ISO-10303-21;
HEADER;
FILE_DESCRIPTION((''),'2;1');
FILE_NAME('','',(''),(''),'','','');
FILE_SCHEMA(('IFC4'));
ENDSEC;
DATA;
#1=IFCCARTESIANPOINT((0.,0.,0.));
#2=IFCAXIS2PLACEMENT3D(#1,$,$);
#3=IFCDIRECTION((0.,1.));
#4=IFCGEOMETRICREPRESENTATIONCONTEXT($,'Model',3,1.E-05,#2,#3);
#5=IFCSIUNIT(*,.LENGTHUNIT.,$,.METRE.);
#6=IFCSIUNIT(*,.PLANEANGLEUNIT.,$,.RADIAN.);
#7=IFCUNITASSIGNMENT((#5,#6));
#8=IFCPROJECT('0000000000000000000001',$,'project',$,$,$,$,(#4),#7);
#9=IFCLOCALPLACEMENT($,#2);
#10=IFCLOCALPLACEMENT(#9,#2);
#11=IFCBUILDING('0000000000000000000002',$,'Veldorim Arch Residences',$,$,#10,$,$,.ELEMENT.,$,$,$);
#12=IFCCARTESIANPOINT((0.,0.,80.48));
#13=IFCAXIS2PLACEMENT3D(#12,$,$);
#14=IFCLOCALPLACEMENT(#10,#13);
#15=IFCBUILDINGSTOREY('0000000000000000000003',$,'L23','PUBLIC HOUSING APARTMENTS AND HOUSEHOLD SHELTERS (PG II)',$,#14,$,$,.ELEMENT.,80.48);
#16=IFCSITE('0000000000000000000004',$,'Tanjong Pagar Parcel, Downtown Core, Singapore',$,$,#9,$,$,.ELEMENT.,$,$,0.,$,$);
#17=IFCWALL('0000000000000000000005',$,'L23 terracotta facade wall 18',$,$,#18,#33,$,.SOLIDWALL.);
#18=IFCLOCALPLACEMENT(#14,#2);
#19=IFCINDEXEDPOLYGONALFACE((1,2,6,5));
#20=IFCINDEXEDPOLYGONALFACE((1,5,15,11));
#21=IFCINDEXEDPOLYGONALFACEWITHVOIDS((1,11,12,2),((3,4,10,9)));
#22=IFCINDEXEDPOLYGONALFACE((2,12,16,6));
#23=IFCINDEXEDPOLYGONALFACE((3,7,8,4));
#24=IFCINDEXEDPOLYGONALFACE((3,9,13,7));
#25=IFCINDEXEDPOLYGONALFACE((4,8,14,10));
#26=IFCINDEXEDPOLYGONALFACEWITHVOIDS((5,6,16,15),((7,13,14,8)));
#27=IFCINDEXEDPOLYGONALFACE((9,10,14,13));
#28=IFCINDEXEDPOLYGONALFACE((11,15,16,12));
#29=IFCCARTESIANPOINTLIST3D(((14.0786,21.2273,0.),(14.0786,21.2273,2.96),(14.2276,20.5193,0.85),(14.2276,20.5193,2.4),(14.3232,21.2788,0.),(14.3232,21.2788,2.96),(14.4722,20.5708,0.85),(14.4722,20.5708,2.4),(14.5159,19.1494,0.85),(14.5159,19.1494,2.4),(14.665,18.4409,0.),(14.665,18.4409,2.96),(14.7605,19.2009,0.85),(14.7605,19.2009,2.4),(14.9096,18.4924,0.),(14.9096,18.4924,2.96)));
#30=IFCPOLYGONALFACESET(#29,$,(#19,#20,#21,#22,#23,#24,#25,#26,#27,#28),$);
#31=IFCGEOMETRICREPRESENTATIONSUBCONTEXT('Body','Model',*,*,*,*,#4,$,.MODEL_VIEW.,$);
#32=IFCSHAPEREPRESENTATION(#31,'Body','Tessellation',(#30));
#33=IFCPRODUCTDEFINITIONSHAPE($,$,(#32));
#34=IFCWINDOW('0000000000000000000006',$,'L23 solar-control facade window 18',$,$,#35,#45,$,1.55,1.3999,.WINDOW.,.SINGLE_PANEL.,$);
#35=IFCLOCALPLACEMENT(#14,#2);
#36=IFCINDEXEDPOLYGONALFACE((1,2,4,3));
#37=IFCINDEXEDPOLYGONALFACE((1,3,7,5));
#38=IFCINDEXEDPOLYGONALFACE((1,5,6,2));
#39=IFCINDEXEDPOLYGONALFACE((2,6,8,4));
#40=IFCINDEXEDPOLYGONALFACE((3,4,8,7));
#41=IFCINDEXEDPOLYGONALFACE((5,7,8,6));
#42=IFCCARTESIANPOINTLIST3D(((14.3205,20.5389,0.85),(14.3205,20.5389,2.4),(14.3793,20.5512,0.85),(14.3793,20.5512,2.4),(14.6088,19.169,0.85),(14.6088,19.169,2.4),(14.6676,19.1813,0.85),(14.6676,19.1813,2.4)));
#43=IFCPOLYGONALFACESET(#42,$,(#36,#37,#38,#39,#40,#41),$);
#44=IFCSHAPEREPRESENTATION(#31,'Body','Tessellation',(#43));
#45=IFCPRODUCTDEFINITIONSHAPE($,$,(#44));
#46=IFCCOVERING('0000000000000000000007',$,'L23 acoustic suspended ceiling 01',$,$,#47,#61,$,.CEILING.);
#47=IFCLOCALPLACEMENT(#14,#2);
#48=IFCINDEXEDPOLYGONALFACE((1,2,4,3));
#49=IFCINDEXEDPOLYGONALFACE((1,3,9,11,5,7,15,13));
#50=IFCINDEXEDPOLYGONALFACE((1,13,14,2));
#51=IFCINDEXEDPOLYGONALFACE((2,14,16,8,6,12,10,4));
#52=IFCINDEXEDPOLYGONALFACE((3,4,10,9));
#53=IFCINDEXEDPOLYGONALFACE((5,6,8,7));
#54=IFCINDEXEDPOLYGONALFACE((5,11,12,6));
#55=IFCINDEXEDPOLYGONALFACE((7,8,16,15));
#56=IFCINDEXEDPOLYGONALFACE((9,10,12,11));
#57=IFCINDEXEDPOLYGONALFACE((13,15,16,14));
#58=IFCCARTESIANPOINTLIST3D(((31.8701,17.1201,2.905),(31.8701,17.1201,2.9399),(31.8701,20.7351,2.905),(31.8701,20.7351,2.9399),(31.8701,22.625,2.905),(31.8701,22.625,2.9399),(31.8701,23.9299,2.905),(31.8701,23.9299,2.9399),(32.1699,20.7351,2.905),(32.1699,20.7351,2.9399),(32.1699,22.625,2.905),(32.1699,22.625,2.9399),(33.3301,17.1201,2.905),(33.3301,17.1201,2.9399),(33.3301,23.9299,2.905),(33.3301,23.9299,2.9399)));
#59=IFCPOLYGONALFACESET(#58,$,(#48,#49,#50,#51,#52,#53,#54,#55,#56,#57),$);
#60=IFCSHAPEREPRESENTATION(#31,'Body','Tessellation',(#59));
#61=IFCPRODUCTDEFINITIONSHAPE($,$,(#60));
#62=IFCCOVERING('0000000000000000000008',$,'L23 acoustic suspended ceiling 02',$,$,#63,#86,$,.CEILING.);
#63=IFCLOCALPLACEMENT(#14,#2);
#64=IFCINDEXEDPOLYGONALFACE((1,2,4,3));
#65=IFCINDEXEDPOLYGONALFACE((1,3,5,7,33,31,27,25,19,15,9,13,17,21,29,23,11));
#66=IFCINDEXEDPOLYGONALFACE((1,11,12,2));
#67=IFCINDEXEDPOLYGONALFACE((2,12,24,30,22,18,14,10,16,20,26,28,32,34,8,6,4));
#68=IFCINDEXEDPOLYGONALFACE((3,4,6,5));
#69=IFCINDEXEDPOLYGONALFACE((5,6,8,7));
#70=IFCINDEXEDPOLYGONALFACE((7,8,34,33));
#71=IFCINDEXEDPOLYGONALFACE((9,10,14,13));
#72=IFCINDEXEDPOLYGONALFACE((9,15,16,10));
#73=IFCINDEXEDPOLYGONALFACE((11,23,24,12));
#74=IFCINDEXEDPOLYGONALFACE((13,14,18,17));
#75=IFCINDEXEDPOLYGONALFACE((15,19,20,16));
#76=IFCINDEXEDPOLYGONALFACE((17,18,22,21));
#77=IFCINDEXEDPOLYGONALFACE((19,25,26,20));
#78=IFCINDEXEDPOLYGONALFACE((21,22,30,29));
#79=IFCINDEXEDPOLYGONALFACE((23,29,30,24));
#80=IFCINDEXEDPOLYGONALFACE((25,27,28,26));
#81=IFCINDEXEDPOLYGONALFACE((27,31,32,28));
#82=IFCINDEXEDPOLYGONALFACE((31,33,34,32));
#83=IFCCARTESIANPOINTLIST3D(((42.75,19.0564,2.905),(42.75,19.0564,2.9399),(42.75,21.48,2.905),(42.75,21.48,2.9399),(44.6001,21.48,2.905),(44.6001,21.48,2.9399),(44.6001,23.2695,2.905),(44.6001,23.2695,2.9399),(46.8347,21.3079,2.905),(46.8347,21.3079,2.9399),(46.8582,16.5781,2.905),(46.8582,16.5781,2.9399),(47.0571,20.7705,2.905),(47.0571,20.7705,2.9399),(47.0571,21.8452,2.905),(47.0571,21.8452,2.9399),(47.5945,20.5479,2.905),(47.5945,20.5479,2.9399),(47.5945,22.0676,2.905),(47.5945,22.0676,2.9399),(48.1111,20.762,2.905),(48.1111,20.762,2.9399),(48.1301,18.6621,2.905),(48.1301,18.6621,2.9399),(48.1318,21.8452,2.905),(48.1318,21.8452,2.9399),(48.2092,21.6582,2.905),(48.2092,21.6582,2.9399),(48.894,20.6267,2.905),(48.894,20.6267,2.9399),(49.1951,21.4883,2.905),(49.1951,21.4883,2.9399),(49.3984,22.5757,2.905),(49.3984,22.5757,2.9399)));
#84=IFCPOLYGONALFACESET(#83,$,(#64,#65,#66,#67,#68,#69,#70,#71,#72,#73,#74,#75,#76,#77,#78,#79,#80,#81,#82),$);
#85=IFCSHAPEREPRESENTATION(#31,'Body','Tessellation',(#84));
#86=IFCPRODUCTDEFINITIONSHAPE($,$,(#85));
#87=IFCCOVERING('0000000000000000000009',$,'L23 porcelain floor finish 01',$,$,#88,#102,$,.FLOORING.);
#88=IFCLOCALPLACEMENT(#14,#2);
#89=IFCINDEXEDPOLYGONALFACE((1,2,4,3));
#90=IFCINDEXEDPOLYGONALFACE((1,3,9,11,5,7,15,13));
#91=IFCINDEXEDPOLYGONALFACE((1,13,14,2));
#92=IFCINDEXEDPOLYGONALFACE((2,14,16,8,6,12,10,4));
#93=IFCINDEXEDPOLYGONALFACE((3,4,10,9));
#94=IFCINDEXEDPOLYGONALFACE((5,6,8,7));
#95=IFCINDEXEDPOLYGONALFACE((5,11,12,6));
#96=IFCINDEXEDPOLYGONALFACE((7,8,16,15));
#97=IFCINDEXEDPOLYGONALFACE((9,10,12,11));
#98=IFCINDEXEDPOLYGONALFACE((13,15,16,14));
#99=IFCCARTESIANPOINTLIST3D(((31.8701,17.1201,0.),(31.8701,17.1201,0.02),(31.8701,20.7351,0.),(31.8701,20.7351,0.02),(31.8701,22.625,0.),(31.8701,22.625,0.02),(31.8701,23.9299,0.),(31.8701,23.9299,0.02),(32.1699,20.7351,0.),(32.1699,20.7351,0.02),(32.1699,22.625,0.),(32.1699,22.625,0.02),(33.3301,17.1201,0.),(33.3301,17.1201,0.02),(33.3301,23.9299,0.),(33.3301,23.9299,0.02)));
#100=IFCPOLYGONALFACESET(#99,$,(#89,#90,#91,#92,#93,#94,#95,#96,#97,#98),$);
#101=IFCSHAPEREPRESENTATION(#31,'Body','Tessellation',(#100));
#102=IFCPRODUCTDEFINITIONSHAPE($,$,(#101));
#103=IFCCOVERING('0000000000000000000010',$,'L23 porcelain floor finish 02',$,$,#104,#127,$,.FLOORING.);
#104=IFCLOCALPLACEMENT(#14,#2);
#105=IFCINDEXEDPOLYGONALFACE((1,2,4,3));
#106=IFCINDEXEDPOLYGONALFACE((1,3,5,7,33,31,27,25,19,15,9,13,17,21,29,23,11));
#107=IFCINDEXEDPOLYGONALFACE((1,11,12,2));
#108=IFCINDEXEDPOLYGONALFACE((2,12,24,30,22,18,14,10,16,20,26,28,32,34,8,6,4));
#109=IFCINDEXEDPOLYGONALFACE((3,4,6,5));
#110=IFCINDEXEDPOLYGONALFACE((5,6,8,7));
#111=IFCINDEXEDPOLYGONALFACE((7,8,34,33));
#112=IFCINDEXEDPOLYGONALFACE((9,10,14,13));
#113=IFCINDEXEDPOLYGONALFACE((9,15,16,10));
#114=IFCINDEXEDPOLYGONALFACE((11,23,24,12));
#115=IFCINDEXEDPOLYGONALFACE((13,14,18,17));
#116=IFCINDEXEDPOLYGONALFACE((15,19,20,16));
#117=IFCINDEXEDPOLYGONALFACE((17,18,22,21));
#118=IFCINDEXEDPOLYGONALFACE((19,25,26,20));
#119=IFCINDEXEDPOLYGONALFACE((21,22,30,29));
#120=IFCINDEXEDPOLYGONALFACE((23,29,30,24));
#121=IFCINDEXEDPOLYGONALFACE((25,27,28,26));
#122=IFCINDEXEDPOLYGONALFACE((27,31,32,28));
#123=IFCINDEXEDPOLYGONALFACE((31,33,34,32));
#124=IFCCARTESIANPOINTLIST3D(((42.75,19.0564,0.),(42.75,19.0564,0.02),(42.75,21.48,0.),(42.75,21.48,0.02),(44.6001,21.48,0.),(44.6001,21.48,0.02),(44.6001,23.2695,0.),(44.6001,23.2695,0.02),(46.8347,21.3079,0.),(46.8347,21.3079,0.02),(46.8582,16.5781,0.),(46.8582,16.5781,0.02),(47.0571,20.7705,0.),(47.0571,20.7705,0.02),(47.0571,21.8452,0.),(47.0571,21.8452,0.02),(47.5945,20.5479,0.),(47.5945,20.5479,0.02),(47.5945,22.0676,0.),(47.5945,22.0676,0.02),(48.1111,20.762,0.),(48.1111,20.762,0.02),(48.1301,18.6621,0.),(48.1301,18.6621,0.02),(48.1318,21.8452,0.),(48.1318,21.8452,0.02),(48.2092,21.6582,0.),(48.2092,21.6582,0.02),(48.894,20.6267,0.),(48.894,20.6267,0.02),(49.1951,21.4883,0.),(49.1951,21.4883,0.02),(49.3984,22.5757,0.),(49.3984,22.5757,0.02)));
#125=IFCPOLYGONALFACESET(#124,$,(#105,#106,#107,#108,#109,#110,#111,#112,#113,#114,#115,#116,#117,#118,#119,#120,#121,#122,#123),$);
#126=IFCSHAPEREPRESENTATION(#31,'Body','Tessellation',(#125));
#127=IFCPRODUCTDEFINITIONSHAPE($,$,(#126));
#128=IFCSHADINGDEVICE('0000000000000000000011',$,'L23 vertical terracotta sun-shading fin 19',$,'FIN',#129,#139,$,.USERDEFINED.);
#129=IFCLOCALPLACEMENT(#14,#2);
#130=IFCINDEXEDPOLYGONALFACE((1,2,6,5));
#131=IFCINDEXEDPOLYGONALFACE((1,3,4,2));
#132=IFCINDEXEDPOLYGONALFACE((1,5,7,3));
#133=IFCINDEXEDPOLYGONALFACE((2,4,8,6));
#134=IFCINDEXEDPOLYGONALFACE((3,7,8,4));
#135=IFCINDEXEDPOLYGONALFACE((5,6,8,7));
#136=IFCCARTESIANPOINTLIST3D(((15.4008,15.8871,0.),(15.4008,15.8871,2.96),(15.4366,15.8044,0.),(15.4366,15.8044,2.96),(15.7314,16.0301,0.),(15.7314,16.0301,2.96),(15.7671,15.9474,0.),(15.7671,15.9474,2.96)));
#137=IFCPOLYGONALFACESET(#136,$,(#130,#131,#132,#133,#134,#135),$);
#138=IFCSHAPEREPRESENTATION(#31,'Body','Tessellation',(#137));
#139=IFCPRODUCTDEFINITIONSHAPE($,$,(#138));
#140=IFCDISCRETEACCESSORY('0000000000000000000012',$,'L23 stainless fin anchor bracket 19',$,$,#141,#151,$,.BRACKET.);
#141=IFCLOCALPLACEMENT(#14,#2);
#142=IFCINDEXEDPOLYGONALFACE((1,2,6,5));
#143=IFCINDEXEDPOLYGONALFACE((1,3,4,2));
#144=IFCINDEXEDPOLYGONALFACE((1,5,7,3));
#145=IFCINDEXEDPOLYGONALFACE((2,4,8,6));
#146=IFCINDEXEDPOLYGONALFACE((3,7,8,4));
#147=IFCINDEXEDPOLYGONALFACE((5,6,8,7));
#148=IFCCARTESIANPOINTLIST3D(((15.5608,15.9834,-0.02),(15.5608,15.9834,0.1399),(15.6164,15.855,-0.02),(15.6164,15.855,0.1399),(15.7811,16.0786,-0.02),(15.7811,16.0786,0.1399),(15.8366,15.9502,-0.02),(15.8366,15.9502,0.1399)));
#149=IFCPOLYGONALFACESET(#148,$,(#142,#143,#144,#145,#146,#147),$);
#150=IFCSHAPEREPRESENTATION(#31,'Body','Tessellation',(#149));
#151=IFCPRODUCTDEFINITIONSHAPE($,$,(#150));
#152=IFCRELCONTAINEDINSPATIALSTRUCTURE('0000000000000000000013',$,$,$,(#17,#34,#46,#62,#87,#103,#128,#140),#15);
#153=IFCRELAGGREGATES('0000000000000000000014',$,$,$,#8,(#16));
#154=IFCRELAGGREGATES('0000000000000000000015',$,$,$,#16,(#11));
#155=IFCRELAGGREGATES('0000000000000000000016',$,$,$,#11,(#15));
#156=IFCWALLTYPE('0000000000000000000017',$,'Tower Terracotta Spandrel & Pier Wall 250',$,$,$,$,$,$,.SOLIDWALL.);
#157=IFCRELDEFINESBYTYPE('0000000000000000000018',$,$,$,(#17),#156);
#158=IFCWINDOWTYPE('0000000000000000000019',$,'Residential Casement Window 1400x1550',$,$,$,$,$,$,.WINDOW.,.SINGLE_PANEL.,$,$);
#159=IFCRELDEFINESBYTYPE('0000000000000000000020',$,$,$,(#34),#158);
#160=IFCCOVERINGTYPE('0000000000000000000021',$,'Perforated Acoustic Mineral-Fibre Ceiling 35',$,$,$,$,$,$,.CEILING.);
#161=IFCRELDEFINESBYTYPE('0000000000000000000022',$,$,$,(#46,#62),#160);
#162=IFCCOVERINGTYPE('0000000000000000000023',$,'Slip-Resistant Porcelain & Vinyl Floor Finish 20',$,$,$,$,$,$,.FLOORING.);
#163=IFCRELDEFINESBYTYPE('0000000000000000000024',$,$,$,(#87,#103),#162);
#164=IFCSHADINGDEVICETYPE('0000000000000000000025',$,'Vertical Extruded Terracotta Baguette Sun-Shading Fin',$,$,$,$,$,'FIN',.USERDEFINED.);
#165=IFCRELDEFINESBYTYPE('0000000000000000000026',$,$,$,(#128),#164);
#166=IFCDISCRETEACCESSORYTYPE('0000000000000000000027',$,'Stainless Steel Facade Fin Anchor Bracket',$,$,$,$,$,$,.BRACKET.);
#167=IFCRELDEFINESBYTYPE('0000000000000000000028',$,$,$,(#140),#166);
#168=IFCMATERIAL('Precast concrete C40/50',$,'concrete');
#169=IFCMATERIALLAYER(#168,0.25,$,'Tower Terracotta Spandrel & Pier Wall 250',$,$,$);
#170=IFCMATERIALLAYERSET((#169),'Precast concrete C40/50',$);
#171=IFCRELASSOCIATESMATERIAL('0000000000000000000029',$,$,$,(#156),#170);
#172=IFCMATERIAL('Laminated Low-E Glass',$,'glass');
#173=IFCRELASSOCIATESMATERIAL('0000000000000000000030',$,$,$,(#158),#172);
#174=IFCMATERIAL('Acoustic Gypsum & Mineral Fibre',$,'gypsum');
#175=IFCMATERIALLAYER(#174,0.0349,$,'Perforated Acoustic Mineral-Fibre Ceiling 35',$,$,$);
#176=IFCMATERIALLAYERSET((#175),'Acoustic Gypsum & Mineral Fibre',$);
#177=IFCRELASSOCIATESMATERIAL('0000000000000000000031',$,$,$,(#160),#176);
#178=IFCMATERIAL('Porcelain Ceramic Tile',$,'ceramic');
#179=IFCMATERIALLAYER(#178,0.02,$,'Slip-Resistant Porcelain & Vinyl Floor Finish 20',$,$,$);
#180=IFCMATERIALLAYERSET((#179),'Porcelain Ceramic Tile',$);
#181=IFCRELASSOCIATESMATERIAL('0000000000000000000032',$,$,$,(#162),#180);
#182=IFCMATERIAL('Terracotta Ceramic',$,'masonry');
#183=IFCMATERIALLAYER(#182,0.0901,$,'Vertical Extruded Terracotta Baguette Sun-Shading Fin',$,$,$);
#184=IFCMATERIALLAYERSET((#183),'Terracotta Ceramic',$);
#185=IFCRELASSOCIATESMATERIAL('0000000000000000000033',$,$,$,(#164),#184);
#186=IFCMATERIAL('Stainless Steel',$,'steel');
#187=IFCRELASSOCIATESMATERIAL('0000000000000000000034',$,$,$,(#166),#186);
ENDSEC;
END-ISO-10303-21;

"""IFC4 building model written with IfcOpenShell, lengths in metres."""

from ifc_helpers import new_model, si_unit, direction, frame, frame_2d, origin, origin_2d, place, context, subcontext, project, spatial, polyline, rectangle, outline, extrude, material, layer, layer_set, type_object, element, fill, save


model = new_model("IFC4")

# Units and contexts
model_context = context("Model", 3, precision=1e-05, world=origin(), true_north=direction((0.0, 1.0)))
body_context = subcontext(model_context, "Body", "Model", "MODEL_VIEW")
ifc_project = project(units=[si_unit("LENGTHUNIT", "METRE"), si_unit("PLANEANGLEUNIT", "RADIAN")], contexts=[model_context])

# Site, building, storey
site_placement = place(None, origin())
site = spatial("IfcSite", under=ifc_project, at=site_placement, Name="Tanjong Pagar Parcel, Downtown Core, Singapore", CompositionType="ELEMENT", RefElevation=0.0)
building_placement = place(site_placement, origin())
building = spatial("IfcBuilding", under=site, at=building_placement, Name="Veldorim Arch Residences", CompositionType="ELEMENT")
storey_placement = place(building_placement, frame((0.0, 0.0, 80.48)))
storey = spatial("IfcBuildingStorey", under=building, at=storey_placement, Name="L23", Description="PUBLIC HOUSING APARTMENTS AND HOUSEHOLD SHELTERS (PG II)", CompositionType="ELEMENT", Elevation=80.48)

# Wall, opening, window
ifc_material_1 = material(Name="Precast concrete C40/50", Category="concrete")
ifc_layer_1 = layer(ifc_material_1, 0.25, Name="Tower Terracotta Spandrel & Pier Wall 250")
ifc_layer_set_1 = layer_set([ifc_layer_1], Name="Precast concrete C40/50")
wall_type = type_object("IfcWallType", Name="Tower Terracotta Spandrel & Pier Wall 250", PredefinedType="SOLIDWALL", material=ifc_layer_set_1)
wall_placement = place(storey_placement, frame((14.7874, 18.4666, 0.0), z_axis=(0.0, 0.0, 1.0), x_axis=(-0.20595, 0.978563, 0.0)))
wall = element("IfcWall", 1, at=wall_placement, inside=storey, type_object=wall_type, Name="L23 terracotta facade wall 18", PredefinedType="SOLIDWALL", context=body_context, shape_type="SweptSolid", body=[
    extrude(rectangle(XDim=2.8474, YDim=0.25, at=frame_2d((1.4238, 0.0))), origin(), (0.0, 0.0, 1.0), 2.96),
])
opening_placement = place(wall_placement, frame((0.7241, 0.0, 0.8501)))
opening = element("IfcOpeningElement", 2, at=opening_placement, cuts=wall, PredefinedType="OPENING", context=body_context, shape_type="SweptSolid", body=[
    extrude(rectangle(XDim=1.3999, YDim=1.55, at=frame_2d((0.7, 0.7749))), frame((0.0, 0.135, 0.0), z_axis=(0.0, -1.0, 0.0), x_axis=(1.0, 0.0, 0.0)), (0.0, 0.0, 1.0), 0.27),
])
ifc_material_2 = material(Name="Laminated Low-E Glass", Category="glass")
window_type = type_object("IfcWindowType", Name="Residential Casement Window 1400x1550", PartitioningType="SINGLE_PANEL", PredefinedType="WINDOW", material=ifc_material_2)
window_placement = place(opening_placement, origin())
window = element("IfcWindow", 3, at=window_placement, inside=storey, type_object=window_type, Name="L23 solar-control facade window 18", OverallHeight=1.55, OverallWidth=1.3999, PartitioningType="SINGLE_PANEL", PredefinedType="WINDOW", context=body_context, shape_type="SweptSolid", body=[
    extrude(rectangle(XDim=1.3999, YDim=1.55, at=frame_2d((0.7, 0.7749))), frame((0.0, 0.03, 0.0), z_axis=(0.0, -1.0, 0.0), x_axis=(1.0, 0.0, 0.0)), (0.0, 0.0, 1.0), 0.0601),
])
fill(opening, window)

# Coverings
ifc_material_3 = material(Name="Acoustic Gypsum & Mineral Fibre", Category="gypsum")
ifc_layer_2 = layer(ifc_material_3, 0.0349, Name="Perforated Acoustic Mineral-Fibre Ceiling 35")
ifc_layer_set_2 = layer_set([ifc_layer_2], Name="Acoustic Gypsum & Mineral Fibre")
covering_type_1 = type_object("IfcCoveringType", Name="Perforated Acoustic Mineral-Fibre Ceiling 35", PredefinedType="CEILING", material=ifc_layer_set_2)
covering_1_placement = place(storey_placement, frame((0.0, 0.0, 2.905)))
element("IfcCovering", 4, at=covering_1_placement, inside=storey, type_object=covering_type_1, Name="L23 acoustic suspended ceiling 01", PredefinedType="CEILING", context=body_context, shape_type="SweptSolid", body=[
    extrude(outline(polyline([(33.3301, 23.9299), (33.3301, 17.1201), (31.8701, 17.1201), (31.8701, 20.7351), (32.1699, 20.7351), (32.1699, 22.625), (31.8701, 22.625), (31.8701, 23.9299), (33.3301, 23.9299)])), origin(), (0.0, 0.0, 1.0), 0.0349),
])
covering_2_placement = place(storey_placement, frame((0.0, 0.0, 2.905)))
element("IfcCovering", 5, at=covering_2_placement, inside=storey, type_object=covering_type_1, Name="L23 acoustic suspended ceiling 02", PredefinedType="CEILING", context=body_context, shape_type="SweptSolid", body=[
    extrude(outline(polyline([(48.894, 20.6267), (48.1301, 18.6621), (46.8582, 16.5781), (42.75, 19.0564), (42.75, 21.48), (44.6001, 21.48), (44.6001, 23.2695), (49.3984, 22.5757), (49.1951, 21.4883), (48.2092, 21.6582), (48.1318, 21.8452), (47.5945, 22.0676), (47.0571, 21.8452), (46.8347, 21.3079), (47.0571, 20.7705), (47.5945, 20.5479), (48.1111, 20.762), (48.894, 20.6267)])), origin(), (0.0, 0.0, 1.0), 0.0349),
])
ifc_material_4 = material(Name="Porcelain Ceramic Tile", Category="ceramic")
ifc_layer_3 = layer(ifc_material_4, 0.02, Name="Slip-Resistant Porcelain & Vinyl Floor Finish 20")
ifc_layer_set_3 = layer_set([ifc_layer_3], Name="Porcelain Ceramic Tile")
covering_type_2 = type_object("IfcCoveringType", Name="Slip-Resistant Porcelain & Vinyl Floor Finish 20", PredefinedType="FLOORING", material=ifc_layer_set_3)
covering_3_placement = place(storey_placement, origin())
element("IfcCovering", 6, at=covering_3_placement, inside=storey, type_object=covering_type_2, Name="L23 porcelain floor finish 01", PredefinedType="FLOORING", context=body_context, shape_type="SweptSolid", body=[
    extrude(outline(polyline([(33.3301, 23.9299), (33.3301, 17.1201), (31.8701, 17.1201), (31.8701, 20.7351), (32.1699, 20.7351), (32.1699, 22.625), (31.8701, 22.625), (31.8701, 23.9299), (33.3301, 23.9299)])), origin(), (0.0, 0.0, 1.0), 0.02),
])
covering_4_placement = place(storey_placement, origin())
element("IfcCovering", 7, at=covering_4_placement, inside=storey, type_object=covering_type_2, Name="L23 porcelain floor finish 02", PredefinedType="FLOORING", context=body_context, shape_type="SweptSolid", body=[
    extrude(outline(polyline([(48.894, 20.6267), (48.1301, 18.6621), (46.8582, 16.5781), (42.75, 19.0564), (42.75, 21.48), (44.6001, 21.48), (44.6001, 23.2695), (49.3984, 22.5757), (49.1951, 21.4883), (48.2092, 21.6582), (48.1318, 21.8452), (47.5945, 22.0676), (47.0571, 21.8452), (46.8347, 21.3079), (47.0571, 20.7705), (47.5945, 20.5479), (48.1111, 20.762), (48.894, 20.6267)])), origin(), (0.0, 0.0, 1.0), 0.02),
])

# Shading device
ifc_material_5 = material(Name="Terracotta Ceramic", Category="masonry")
ifc_layer_4 = layer(ifc_material_5, 0.0901, Name="Vertical Extruded Terracotta Baguette Sun-Shading Fin")
ifc_layer_set_4 = layer_set([ifc_layer_4], Name="Terracotta Ceramic")
shading_device_type = type_object("IfcShadingDeviceType", Name="Vertical Extruded Terracotta Baguette Sun-Shading Fin", ElementType="FIN", PredefinedType="USERDEFINED", material=ifc_layer_set_4)
shading_device_placement = place(storey_placement, frame((15.584, 15.9172, 0.0), z_axis=(0.0, 0.0, 1.0), x_axis=(-0.396988, 0.917824, 0.0)))
element("IfcShadingDevice", 8, at=shading_device_placement, inside=storey, type_object=shading_device_type, Name="L23 vertical terracotta sun-shading fin 19", ObjectType="FIN", PredefinedType="USERDEFINED", context=body_context, shape_type="SweptSolid", body=[
    extrude(rectangle(XDim=0.0901, YDim=0.3601, at=origin_2d()), origin(), (0.0, 0.0, 1.0), 2.96),
])

# Discrete accessory
ifc_material_6 = material(Name="Stainless Steel", Category="steel")
discrete_accessory_type = type_object("IfcDiscreteAccessoryType", Name="Stainless Steel Facade Fin Anchor Bracket", PredefinedType="BRACKET", material=ifc_material_6)
discrete_accessory_placement = place(storey_placement, frame((15.6987, 15.9668, -0.02), z_axis=(0.0, 0.0, 1.0), x_axis=(-0.396988, 0.917824, 0.0)))
element("IfcDiscreteAccessory", 9, at=discrete_accessory_placement, inside=storey, type_object=discrete_accessory_type, Name="L23 stainless fin anchor bracket 19", PredefinedType="BRACKET", context=body_context, shape_type="SweptSolid", body=[
    extrude(rectangle(XDim=0.1399, YDim=0.24, at=origin_2d()), origin(), (0.0, 0.0, 1.0), 0.1599),
])

save(model, "model.ifc")
